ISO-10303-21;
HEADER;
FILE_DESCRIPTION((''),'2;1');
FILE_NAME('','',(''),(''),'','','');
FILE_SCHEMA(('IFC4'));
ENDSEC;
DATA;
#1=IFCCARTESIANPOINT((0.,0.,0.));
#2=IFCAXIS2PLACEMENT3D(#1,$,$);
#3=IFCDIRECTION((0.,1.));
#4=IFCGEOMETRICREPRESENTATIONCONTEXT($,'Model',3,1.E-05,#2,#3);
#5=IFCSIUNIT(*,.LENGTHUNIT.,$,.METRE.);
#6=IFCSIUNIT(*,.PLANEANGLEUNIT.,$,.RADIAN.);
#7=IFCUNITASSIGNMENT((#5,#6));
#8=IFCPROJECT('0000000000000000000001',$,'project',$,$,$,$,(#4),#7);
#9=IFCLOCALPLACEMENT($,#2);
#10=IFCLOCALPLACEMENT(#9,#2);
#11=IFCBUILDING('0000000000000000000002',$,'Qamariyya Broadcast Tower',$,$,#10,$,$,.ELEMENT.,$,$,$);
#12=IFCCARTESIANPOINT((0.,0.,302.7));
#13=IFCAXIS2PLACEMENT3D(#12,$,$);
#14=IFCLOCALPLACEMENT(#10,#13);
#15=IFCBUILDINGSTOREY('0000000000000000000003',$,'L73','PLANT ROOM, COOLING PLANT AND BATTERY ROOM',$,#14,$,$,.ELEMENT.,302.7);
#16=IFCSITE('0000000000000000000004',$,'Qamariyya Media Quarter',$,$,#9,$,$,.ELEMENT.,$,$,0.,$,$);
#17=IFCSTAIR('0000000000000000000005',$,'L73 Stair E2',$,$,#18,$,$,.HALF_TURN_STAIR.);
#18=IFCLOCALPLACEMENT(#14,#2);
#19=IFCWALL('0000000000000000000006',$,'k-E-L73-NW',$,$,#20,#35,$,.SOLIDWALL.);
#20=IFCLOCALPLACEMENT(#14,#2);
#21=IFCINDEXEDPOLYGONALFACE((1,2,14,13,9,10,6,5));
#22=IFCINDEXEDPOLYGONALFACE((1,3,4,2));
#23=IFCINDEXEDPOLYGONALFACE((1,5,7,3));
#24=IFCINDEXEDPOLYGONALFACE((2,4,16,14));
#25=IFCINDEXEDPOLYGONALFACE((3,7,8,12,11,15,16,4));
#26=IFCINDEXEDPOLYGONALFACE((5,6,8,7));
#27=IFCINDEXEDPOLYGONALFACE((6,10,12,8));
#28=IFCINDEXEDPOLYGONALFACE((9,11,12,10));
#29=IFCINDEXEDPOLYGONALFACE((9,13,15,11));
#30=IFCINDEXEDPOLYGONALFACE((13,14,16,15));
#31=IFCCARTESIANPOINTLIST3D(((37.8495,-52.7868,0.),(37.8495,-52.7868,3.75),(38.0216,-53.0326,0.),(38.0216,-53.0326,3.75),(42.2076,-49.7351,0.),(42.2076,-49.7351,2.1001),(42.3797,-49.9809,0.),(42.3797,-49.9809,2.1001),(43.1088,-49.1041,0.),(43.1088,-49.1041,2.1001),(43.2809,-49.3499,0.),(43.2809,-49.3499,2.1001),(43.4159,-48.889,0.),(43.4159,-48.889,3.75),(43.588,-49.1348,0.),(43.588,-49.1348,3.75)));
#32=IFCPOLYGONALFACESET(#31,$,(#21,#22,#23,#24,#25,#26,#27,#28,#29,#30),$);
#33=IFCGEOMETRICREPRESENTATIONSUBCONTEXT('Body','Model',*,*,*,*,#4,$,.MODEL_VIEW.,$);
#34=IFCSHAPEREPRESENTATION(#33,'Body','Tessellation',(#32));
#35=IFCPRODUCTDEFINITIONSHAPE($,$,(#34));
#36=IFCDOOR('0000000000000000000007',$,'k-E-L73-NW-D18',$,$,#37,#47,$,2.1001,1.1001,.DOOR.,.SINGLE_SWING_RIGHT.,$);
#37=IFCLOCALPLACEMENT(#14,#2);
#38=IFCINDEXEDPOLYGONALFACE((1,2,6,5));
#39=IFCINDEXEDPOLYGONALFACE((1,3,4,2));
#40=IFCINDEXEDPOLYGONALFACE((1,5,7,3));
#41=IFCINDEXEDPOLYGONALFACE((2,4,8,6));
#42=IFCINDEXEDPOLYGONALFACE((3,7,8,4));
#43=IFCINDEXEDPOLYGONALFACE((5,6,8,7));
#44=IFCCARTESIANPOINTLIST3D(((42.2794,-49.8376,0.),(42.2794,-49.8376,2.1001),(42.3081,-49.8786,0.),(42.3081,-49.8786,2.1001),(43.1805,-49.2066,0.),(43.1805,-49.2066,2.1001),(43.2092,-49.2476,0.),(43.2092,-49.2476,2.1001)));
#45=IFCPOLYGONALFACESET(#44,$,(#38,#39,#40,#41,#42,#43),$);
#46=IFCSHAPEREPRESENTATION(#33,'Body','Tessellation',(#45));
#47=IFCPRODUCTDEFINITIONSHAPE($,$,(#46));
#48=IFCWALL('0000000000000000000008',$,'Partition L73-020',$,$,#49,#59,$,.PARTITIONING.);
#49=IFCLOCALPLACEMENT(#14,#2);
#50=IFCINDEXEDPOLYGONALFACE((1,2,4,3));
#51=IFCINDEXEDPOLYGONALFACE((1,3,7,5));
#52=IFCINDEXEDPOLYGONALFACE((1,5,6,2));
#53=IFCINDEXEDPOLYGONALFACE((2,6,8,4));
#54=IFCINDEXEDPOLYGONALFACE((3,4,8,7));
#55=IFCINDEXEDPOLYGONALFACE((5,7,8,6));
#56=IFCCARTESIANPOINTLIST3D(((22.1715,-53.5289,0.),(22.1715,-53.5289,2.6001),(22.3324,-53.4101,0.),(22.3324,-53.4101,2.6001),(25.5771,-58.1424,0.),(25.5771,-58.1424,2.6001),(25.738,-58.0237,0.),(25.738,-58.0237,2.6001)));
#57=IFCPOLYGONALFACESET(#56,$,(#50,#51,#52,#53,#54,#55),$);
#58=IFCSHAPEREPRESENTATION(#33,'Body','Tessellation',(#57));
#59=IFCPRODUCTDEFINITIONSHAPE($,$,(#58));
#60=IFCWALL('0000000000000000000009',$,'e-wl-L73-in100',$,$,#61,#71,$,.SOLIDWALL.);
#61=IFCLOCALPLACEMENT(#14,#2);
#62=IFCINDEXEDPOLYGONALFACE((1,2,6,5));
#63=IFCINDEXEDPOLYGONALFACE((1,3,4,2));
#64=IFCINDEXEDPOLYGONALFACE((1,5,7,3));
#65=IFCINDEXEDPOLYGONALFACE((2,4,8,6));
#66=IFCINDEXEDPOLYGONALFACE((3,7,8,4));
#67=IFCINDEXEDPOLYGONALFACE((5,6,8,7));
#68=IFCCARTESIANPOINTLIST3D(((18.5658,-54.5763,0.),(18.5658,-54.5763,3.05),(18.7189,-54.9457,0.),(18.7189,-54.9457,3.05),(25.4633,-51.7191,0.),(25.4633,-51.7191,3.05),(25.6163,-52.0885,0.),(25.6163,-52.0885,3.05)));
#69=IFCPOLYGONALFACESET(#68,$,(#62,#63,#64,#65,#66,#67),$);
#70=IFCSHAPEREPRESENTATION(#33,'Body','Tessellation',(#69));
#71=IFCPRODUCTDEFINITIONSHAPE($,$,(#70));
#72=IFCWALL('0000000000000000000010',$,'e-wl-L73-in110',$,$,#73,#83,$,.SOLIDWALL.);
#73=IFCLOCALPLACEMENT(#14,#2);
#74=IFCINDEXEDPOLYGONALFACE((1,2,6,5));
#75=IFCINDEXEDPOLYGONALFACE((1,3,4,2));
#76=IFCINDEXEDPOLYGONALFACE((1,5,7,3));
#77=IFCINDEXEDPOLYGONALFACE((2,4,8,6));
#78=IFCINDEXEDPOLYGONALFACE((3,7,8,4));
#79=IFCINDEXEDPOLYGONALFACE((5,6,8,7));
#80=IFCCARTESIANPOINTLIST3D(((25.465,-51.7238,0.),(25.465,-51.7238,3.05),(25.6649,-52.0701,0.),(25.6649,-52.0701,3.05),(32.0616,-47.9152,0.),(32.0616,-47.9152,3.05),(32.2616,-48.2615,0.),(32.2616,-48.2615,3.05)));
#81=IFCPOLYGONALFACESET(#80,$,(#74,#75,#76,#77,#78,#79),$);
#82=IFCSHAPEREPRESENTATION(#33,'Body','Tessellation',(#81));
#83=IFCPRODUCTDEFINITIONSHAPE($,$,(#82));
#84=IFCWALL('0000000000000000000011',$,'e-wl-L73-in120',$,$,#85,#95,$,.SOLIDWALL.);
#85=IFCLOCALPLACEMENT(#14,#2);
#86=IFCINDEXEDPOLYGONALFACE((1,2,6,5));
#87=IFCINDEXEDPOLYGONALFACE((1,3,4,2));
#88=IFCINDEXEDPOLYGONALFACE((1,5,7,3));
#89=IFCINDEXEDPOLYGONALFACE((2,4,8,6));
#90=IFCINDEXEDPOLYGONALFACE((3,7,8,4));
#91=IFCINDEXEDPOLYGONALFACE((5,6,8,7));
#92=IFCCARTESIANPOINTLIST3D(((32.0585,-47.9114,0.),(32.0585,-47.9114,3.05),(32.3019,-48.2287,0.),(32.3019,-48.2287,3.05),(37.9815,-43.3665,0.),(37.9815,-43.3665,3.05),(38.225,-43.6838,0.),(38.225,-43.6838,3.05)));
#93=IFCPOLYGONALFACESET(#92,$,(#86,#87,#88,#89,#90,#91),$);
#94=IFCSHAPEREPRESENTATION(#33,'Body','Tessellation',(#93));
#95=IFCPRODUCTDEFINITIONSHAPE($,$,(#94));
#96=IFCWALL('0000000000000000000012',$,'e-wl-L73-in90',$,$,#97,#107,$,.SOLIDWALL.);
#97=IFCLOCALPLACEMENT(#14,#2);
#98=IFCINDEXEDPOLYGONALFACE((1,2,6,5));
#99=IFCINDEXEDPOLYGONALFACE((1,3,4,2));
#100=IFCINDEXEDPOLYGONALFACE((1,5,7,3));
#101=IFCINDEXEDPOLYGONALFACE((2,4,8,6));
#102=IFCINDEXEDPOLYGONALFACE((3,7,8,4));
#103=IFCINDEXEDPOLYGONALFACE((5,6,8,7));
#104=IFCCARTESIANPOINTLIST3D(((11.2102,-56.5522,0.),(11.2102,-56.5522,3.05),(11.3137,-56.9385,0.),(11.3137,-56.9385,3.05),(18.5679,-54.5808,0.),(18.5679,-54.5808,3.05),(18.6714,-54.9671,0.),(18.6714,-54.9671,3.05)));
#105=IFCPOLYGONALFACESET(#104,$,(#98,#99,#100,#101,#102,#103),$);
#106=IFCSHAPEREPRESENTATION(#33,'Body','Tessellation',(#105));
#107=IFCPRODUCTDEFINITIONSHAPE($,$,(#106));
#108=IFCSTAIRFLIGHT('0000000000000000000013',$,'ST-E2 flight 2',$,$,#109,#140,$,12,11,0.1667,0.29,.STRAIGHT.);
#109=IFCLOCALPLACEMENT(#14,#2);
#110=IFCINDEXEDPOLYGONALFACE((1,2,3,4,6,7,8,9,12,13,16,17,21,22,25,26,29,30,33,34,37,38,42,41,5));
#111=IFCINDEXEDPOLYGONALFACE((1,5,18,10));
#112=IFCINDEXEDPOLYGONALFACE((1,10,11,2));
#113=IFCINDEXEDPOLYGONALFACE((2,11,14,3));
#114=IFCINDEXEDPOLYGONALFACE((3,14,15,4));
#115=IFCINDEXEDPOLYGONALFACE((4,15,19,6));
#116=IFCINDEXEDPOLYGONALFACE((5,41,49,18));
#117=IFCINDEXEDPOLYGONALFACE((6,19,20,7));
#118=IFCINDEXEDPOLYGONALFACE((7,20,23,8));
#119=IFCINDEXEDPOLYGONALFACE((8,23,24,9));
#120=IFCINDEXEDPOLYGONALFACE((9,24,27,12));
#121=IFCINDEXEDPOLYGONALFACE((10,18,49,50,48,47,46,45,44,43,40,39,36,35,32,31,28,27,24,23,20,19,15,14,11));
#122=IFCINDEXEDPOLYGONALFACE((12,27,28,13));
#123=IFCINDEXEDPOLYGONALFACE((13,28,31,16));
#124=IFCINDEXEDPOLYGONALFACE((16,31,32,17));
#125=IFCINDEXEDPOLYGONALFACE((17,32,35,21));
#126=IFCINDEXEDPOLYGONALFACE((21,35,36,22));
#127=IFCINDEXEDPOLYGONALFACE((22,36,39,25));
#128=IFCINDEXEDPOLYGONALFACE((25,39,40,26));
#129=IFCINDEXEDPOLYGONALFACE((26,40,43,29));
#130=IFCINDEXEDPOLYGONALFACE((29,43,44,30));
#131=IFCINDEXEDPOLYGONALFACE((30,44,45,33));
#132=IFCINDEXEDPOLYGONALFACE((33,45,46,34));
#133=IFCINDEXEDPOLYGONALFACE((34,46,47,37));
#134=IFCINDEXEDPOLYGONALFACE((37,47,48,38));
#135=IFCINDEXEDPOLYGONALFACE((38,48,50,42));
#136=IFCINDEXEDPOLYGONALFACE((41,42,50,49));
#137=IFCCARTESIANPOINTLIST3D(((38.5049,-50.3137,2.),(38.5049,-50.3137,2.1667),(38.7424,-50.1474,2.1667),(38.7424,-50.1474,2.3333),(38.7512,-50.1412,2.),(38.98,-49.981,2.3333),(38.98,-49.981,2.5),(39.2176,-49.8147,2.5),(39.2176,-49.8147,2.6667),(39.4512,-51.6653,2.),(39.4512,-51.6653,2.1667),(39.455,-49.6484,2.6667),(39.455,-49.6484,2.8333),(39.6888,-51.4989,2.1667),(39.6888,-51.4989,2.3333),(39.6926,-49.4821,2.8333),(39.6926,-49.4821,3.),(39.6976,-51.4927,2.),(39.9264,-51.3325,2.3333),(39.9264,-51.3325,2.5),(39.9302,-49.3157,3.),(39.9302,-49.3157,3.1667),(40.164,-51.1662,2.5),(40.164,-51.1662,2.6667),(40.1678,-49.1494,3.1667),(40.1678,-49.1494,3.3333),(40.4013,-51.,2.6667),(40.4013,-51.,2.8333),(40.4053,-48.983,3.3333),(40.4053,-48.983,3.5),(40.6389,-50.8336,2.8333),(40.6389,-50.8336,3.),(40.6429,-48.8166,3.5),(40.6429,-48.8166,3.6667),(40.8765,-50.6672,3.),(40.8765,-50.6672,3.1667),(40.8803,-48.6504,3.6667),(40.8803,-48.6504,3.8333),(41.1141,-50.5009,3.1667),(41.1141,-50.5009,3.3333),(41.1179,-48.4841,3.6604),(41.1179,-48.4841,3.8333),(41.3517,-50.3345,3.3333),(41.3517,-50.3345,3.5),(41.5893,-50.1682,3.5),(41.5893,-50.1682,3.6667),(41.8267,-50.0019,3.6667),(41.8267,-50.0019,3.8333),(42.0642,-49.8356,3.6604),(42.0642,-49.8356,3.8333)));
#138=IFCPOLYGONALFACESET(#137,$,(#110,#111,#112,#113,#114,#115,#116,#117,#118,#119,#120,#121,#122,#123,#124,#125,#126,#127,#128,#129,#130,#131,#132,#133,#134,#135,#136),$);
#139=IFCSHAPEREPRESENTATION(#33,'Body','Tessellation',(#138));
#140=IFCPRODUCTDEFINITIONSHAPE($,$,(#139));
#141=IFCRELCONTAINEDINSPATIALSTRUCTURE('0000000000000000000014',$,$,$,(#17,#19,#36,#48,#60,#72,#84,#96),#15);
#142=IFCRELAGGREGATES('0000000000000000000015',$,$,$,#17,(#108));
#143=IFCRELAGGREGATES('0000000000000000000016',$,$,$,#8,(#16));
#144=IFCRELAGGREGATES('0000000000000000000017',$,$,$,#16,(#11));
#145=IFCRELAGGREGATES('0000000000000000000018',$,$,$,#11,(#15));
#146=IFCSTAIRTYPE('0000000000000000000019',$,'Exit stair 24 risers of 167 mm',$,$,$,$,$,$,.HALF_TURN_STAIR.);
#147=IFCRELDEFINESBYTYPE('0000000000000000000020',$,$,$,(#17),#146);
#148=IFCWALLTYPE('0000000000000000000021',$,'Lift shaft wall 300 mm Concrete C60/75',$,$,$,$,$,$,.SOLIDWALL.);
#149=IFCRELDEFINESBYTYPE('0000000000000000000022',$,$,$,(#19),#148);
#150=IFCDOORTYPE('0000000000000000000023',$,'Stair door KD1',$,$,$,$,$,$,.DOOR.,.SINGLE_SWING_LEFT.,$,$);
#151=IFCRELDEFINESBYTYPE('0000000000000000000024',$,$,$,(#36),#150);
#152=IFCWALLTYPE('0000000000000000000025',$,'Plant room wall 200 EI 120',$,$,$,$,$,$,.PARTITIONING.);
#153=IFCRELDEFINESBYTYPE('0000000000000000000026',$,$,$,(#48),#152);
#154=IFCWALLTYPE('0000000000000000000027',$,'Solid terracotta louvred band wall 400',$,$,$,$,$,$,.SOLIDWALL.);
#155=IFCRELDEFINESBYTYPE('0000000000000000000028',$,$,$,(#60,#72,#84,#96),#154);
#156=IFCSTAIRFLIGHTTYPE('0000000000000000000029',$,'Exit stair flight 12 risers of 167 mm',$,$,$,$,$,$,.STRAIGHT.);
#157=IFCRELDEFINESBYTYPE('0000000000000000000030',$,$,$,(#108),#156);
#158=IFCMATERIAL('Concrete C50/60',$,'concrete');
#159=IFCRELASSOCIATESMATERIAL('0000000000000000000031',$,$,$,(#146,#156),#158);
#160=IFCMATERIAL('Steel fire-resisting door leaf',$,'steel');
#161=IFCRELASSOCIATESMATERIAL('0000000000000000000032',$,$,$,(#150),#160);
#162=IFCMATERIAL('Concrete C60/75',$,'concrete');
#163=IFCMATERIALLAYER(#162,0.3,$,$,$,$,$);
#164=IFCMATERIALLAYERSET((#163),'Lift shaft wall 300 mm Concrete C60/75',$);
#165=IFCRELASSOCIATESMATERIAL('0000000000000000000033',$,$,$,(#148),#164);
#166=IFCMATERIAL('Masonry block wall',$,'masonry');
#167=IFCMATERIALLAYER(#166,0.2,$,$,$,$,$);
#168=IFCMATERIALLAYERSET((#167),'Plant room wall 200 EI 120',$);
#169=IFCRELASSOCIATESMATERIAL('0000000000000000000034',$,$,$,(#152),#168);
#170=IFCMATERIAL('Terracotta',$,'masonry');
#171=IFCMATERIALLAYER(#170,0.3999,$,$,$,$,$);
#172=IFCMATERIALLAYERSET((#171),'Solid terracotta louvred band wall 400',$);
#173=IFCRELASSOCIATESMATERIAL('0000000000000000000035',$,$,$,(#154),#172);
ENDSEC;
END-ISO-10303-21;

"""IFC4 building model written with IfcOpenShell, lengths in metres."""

from ifc_helpers import new_model, si_unit, direction, frame, frame_2d, origin, place, context, subcontext, project, spatial, polyline, rectangle, outline, extrude, material, layer, layer_set, type_object, element, fill, aggregate, save


model = new_model("IFC4")

# Units and contexts
model_context = context("Model", 3, precision=1e-05, world=origin(), true_north=direction((0.0, 1.0)))
body_context = subcontext(model_context, "Body", "Model", "MODEL_VIEW")
ifc_project = project(units=[si_unit("LENGTHUNIT", "METRE"), si_unit("PLANEANGLEUNIT", "RADIAN")], contexts=[model_context])

# Site, building, storey
site_placement = place(None, origin())
site = spatial("IfcSite", under=ifc_project, at=site_placement, Name="Qamariyya Media Quarter", CompositionType="ELEMENT", RefElevation=0.0)
building_placement = place(site_placement, origin())
building = spatial("IfcBuilding", under=site, at=building_placement, Name="Qamariyya Broadcast Tower", CompositionType="ELEMENT")
storey_placement = place(building_placement, frame((0.0, 0.0, 302.7)))
storey = spatial("IfcBuildingStorey", under=building, at=storey_placement, Name="L73", Description="PLANT ROOM, COOLING PLANT AND BATTERY ROOM", CompositionType="ELEMENT", Elevation=302.7)

# Shared definitions
ifc_material_1 = material(Name="Concrete C50/60", Category="concrete")

# Stair
stair_type = type_object("IfcStairType", Name="Exit stair 24 risers of 167 mm", PredefinedType="HALF_TURN_STAIR", material=ifc_material_1)
stair_1_placement = place(storey_placement, origin())
stair_1 = element("IfcStair", 1, at=stair_1_placement, inside=storey, type_object=stair_type, Name="L73 Stair E2", PredefinedType="HALF_TURN_STAIR")

# Shared definitions
ifc_material_2 = material(Name="Concrete C60/75", Category="concrete")
ifc_material_3 = material(Name="Steel fire-resisting door leaf", Category="steel")
door_type_1 = type_object("IfcDoorType", Name="Stair door KD1", OperationType="SINGLE_SWING_LEFT", PredefinedType="DOOR", material=ifc_material_3)

# Shared definitions
ifc_layer_1 = layer(ifc_material_2, 0.3)
ifc_layer_set_1 = layer_set([ifc_layer_1], Name="Lift shaft wall 300 mm Concrete C60/75")
wall_type_1 = type_object("IfcWallType", Name="Lift shaft wall 300 mm Concrete C60/75", PredefinedType="SOLIDWALL", material=ifc_layer_set_1)

# Wall, opening, door
wall_1_placement = place(storey_placement, frame((37.9355, -52.9097, 0.0), z_axis=(0.0, 0.0, 1.0), x_axis=(0.819148, 0.573583, 0.0)))
wall_1 = element("IfcWall", 2, at=wall_1_placement, inside=storey, type_object=wall_type_1, Name="k-E-L73-NW", PredefinedType="SOLIDWALL", context=body_context, shape_type="SweptSolid", body=[
    extrude(rectangle(XDim=6.7954, YDim=0.3, at=frame_2d((3.3977, 0.0))), origin(), (0.0, 0.0, 1.0), 3.75),
])
opening_1_placement = place(wall_1_placement, frame((5.3203, 0.0, 0.0)))
opening_1 = element("IfcOpeningElement", 3, at=opening_1_placement, cuts=wall_1, PredefinedType="OPENING", context=body_context, shape_type="SweptSolid", body=[
    extrude(rectangle(XDim=1.1001, YDim=2.1001, at=frame_2d((0.55, 1.05))), frame((0.0, 0.1599, 0.0), z_axis=(0.0, -1.0, 0.0), x_axis=(1.0, 0.0, 0.0)), (0.0, 0.0, 1.0), 0.3201),
])
door_1_placement = place(opening_1_placement, origin())
door_1 = element("IfcDoor", 4, at=door_1_placement, inside=storey, type_object=door_type_1, Name="k-E-L73-NW-D18", OperationType="SINGLE_SWING_RIGHT", OverallHeight=2.1001, OverallWidth=1.1001, PredefinedType="DOOR", context=body_context, shape_type="SweptSolid", body=[
    extrude(rectangle(XDim=1.1001, YDim=2.1001, at=frame_2d((0.55, 1.05))), frame((0.0, 0.0249, 0.0), z_axis=(0.0, -1.0, 0.0), x_axis=(1.0, 0.0, 0.0)), (0.0, 0.0, 1.0), 0.05),
])
fill(opening_1, door_1)

# Walls
ifc_material_4 = material(Name="Masonry block wall", Category="masonry")
ifc_layer_2 = layer(ifc_material_4, 0.2)
ifc_layer_set_2 = layer_set([ifc_layer_2], Name="Plant room wall 200 EI 120")
wall_type_2 = type_object("IfcWallType", Name="Plant room wall 200 EI 120", PredefinedType="PARTITIONING", material=ifc_layer_set_2)
wall_2_placement = place(storey_placement, frame((22.252, -53.4695, 0.0), z_axis=(0.0, 0.0, 1.0), x_axis=(0.593886, -0.804549, 0.0)))
element("IfcWall", 5, at=wall_2_placement, inside=storey, type_object=wall_type_2, Name="Partition L73-020", PredefinedType="PARTITIONING", context=body_context, shape_type="SweptSolid", body=[
    extrude(rectangle(XDim=5.7344, YDim=0.2, at=frame_2d((2.8672, 0.0))), origin(), (0.0, 0.0, 1.0), 2.6001),
])
ifc_material_5 = material(Name="Terracotta", Category="masonry")
ifc_layer_3 = layer(ifc_material_5, 0.3999)
ifc_layer_set_3 = layer_set([ifc_layer_3], Name="Solid terracotta louvred band wall 400")
wall_type_3 = type_object("IfcWallType", Name="Solid terracotta louvred band wall 400", PredefinedType="SOLIDWALL", material=ifc_layer_set_3)
wall_3_placement = place(storey_placement, frame((25.5398, -51.9038, 0.0), z_axis=(0.0, 0.0, 1.0), x_axis=(-0.923872, -0.382701, 0.0)))
element("IfcWall", 6, at=wall_3_placement, inside=storey, type_object=wall_type_3, Name="e-wl-L73-in100", PredefinedType="SOLIDWALL", context=body_context, shape_type="SweptSolid", body=[
    extrude(rectangle(XDim=7.4658, YDim=0.3999, at=frame_2d((3.7329, 0.0))), origin(), (0.0, 0.0, 1.0), 3.05),
])
wall_4_placement = place(storey_placement, frame((32.1616, -48.0884, 0.0), z_axis=(0.0, 0.0, 1.0), x_axis=(-0.866025, -0.5, 0.0)))
element("IfcWall", 7, at=wall_4_placement, inside=storey, type_object=wall_type_3, Name="e-wl-L73-in110", PredefinedType="SOLIDWALL", context=body_context, shape_type="SweptSolid", body=[
    extrude(rectangle(XDim=7.6172, YDim=0.3999, at=frame_2d((3.8086, 0.0))), origin(), (0.0, 0.0, 1.0), 3.05),
])
wall_5_placement = place(storey_placement, frame((38.1033, -43.5251, 0.0), z_axis=(0.0, 0.0, 1.0), x_axis=(-0.793355, -0.608759, 0.0)))
element("IfcWall", 8, at=wall_5_placement, inside=storey, type_object=wall_type_3, Name="e-wl-L73-in120", PredefinedType="SOLIDWALL", context=body_context, shape_type="SweptSolid", body=[
    extrude(rectangle(XDim=7.4658, YDim=0.3999, at=frame_2d((3.7329, 0.0))), origin(), (0.0, 0.0, 1.0), 3.05),
])
wall_6_placement = place(storey_placement, frame((18.6196, -54.7739, 0.0), z_axis=(0.0, 0.0, 1.0), x_axis=(-0.965927, -0.258814, 0.0)))
element("IfcWall", 9, at=wall_6_placement, inside=storey, type_object=wall_type_3, Name="e-wl-L73-in90", PredefinedType="SOLIDWALL", context=body_context, shape_type="SweptSolid", body=[
    extrude(rectangle(XDim=7.6172, YDim=0.3999, at=frame_2d((3.8086, 0.0))), origin(), (0.0, 0.0, 1.0), 3.05),
])

# Stair flight
stair_flight_type = type_object("IfcStairFlightType", Name="Exit stair flight 12 risers of 167 mm", PredefinedType="STRAIGHT", material=ifc_material_1)
stair_flight_placement = place(storey_placement, frame((38.978, -50.9895, 2.0), z_axis=(0.0, 0.0, 1.0), x_axis=(0.819152, 0.573576, 0.0)))
stair_flight = element("IfcStairFlight", 10, at=stair_flight_placement, type_object=stair_flight_type, Name="ST-E2 flight 2", NumberOfRisers=12, NumberOfTreads=11, PredefinedType="STRAIGHT", RiserHeight=0.1667, TreadLength=0.29, context=body_context, shape_type="SweptSolid", body=[
    extrude(outline(polyline([(0.0, 0.0), (0.0, 0.1667), (0.29, 0.1667), (0.29, 0.3333), (0.5801, 0.3333), (0.5801, 0.5), (0.8701, 0.5), (0.8701, 0.6667), (1.1599, 0.6667), (1.1599, 0.8333), (1.45, 0.8333), (1.45, 1.0), (1.74, 1.0), (1.74, 1.1667), (2.03, 1.1667), (2.03, 1.3333), (2.3201, 1.3333), (2.3201, 1.5), (2.6101, 1.5), (2.6101, 1.6667), (2.8999, 1.6667), (2.8999, 1.8333), (3.1899, 1.8333), (3.1899, 2.0), (3.1899, 1.6604), (0.3008, 0.0), (0.0, 0.0)])), frame((0.0, 0.825, 0.0), z_axis=(0.0, -1.0, 0.0), x_axis=(1.0, 0.0, 0.0)), (0.0, 0.0, 1.0), 1.6499),
])
aggregate(stair_1, [stair_flight])

save(model, "model.ifc")
